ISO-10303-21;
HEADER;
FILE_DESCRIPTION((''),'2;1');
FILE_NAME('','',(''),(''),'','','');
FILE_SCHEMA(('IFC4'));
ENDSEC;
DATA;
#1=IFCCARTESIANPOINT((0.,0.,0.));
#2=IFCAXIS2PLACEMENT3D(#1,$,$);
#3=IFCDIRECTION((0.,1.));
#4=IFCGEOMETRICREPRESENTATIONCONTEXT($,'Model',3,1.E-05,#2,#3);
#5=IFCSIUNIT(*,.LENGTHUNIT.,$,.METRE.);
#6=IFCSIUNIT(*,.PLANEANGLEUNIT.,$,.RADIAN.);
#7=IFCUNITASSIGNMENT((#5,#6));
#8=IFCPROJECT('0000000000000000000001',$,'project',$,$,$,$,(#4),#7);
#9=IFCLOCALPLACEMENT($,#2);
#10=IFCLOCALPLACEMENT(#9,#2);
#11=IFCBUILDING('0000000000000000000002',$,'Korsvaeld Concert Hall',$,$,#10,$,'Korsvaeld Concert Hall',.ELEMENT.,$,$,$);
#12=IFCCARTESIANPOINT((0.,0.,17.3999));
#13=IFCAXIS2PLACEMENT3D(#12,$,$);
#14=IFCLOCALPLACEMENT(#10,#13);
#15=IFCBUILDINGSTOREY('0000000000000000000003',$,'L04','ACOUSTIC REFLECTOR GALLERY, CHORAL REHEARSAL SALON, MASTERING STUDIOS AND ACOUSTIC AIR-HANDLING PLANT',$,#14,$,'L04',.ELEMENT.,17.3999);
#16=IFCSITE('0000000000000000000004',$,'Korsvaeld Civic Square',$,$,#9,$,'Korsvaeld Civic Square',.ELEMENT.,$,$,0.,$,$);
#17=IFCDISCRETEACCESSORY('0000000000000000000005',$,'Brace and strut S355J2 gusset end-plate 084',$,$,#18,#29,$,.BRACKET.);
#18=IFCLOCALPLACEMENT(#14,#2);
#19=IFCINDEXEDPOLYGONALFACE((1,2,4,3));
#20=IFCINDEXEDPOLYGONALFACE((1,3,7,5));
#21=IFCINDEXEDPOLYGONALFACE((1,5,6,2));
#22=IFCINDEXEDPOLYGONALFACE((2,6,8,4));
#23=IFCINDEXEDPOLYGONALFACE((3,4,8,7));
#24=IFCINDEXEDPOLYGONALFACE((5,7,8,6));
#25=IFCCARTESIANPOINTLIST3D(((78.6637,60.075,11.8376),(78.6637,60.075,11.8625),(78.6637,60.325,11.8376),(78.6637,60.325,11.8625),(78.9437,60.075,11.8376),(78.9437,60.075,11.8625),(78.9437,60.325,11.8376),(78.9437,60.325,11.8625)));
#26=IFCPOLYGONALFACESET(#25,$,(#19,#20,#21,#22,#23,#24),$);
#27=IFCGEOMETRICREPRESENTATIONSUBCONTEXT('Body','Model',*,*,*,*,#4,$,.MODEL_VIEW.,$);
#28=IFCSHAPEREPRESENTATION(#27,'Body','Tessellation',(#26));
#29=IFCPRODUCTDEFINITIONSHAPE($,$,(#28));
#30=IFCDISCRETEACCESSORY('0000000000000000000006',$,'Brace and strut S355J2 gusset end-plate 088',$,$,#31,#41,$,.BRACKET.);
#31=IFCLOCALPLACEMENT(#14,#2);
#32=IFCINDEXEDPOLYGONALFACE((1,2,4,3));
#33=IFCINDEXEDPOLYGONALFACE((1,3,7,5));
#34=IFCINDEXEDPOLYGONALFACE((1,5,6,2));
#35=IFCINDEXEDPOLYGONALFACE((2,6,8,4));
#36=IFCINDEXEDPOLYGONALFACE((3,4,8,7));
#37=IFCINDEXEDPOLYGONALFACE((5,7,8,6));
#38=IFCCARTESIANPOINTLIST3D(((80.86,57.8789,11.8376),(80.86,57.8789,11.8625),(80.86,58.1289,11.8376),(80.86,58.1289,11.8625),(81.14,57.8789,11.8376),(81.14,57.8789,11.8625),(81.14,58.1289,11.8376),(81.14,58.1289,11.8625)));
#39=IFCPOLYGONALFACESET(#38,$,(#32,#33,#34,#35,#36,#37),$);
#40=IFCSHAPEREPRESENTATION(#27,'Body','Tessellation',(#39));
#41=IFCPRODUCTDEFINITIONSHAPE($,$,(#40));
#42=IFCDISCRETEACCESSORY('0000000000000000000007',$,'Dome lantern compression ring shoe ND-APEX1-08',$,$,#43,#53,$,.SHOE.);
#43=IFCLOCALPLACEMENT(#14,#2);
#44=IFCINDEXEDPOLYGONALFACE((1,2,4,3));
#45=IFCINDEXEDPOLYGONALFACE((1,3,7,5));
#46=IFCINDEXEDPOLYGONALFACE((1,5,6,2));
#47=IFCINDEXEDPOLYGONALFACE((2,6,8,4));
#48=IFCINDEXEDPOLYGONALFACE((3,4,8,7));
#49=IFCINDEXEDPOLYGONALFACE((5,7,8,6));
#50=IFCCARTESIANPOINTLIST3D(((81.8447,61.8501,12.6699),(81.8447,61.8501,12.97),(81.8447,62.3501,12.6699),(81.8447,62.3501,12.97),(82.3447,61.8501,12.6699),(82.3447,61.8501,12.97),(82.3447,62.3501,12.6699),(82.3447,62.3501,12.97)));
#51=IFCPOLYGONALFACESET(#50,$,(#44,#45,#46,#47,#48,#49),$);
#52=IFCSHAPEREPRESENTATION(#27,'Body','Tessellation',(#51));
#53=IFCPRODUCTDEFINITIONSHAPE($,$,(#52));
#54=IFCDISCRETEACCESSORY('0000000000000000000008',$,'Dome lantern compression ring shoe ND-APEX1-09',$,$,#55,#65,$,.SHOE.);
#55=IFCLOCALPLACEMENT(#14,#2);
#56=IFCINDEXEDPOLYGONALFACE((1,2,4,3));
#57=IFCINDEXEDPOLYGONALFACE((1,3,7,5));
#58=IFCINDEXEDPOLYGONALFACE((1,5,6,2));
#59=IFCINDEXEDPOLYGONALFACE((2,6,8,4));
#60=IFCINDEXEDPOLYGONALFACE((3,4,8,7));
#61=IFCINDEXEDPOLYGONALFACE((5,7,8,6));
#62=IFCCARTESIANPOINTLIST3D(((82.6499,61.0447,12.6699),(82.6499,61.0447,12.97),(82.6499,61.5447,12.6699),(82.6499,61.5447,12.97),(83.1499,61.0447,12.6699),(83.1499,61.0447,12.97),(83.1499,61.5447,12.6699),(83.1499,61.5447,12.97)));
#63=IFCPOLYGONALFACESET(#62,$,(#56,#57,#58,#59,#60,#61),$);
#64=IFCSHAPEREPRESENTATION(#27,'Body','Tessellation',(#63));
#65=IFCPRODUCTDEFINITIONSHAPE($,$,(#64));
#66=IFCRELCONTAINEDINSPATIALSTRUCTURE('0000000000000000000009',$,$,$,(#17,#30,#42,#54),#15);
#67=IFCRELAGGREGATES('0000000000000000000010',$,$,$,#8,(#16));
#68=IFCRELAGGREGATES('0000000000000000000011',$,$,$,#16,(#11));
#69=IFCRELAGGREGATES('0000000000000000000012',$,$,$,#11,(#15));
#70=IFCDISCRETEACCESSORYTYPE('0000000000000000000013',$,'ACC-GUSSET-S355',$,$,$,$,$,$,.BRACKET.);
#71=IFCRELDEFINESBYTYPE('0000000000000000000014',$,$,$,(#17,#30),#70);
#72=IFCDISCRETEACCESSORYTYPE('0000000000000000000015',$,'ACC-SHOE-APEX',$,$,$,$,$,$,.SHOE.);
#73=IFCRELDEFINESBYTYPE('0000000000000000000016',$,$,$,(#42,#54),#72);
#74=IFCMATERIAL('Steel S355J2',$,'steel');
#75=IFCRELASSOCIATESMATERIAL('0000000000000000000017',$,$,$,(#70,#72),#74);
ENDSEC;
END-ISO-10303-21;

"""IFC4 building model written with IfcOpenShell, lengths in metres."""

from ifc_helpers import new_model, si_unit, direction, frame, origin, origin_2d, place, context, subcontext, project, spatial, rectangle, extrude, material, type_object, element, save


model = new_model("IFC4")

# Units and contexts
model_context = context("Model", 3, precision=1e-05, world=origin(), true_north=direction((0.0, 1.0)))
body_context = subcontext(model_context, "Body", "Model", "MODEL_VIEW")
ifc_project = project(units=[si_unit("LENGTHUNIT", "METRE"), si_unit("PLANEANGLEUNIT", "RADIAN")], contexts=[model_context])

# Site, building, storey
site_placement = place(None, origin())
site = spatial("IfcSite", under=ifc_project, at=site_placement, Name="Korsvaeld Civic Square", LongName="Korsvaeld Civic Square", CompositionType="ELEMENT", RefElevation=0.0)
building_placement = place(site_placement, origin())
building = spatial("IfcBuilding", under=site, at=building_placement, Name="Korsvaeld Concert Hall", LongName="Korsvaeld Concert Hall", CompositionType="ELEMENT")
storey_placement = place(building_placement, frame((0.0, 0.0, 17.3999)))
storey = spatial("IfcBuildingStorey", under=building, at=storey_placement, Name="L04", Description="ACOUSTIC REFLECTOR GALLERY, CHORAL REHEARSAL SALON, MASTERING STUDIOS AND ACOUSTIC AIR-HANDLING PLANT", LongName="L04", CompositionType="ELEMENT", Elevation=17.3999)

# Shared definitions
ifc_material_1 = material(Name="Steel S355J2", Category="steel")

# Discrete accessories
discrete_accessory_type_1 = type_object("IfcDiscreteAccessoryType", Name="ACC-GUSSET-S355", PredefinedType="BRACKET", material=ifc_material_1)
for number, where, z_axis, x_axis, name in (
    (1, (78.8037, 60.2, 11.8376), (0.0, 0.0, 1.0), (1.0, 0.0, 0.0), "Brace and strut S355J2 gusset end-plate 084"),
    (2, (81.0, 58.0039, 11.8376), (0.0, 0.0, 1.0), (1.0, 0.0, 0.0), "Brace and strut S355J2 gusset end-plate 088"),
):
    element("IfcDiscreteAccessory", number, at=place(storey_placement, frame(where, z_axis=z_axis, x_axis=x_axis)), inside=storey, type_object=discrete_accessory_type_1, Name=name, PredefinedType="BRACKET", context=body_context, shape_type="SweptSolid", body=[
        extrude(rectangle(XDim=0.28, YDim=0.25, at=origin_2d()), origin(), (0.0, 0.0, 1.0), 0.0249),
    ])
discrete_accessory_type_2 = type_object("IfcDiscreteAccessoryType", Name="ACC-SHOE-APEX", PredefinedType="SHOE", material=ifc_material_1)
for number, where, z_axis, x_axis, name in (
    (3, (82.0947, 62.1001, 12.6699), (0.0, 0.0, 1.0), (1.0, 0.0, 0.0), "Dome lantern compression ring shoe ND-APEX1-08"),
    (4, (82.8999, 61.2947, 12.6699), (0.0, 0.0, 1.0), (1.0, 0.0, 0.0), "Dome lantern compression ring shoe ND-APEX1-09"),
):
    element("IfcDiscreteAccessory", number, at=place(storey_placement, frame(where, z_axis=z_axis, x_axis=x_axis)), inside=storey, type_object=discrete_accessory_type_2, Name=name, PredefinedType="SHOE", context=body_context, shape_type="SweptSolid", body=[
        extrude(rectangle(XDim=0.5, YDim=0.5, at=origin_2d()), origin(), (0.0, 0.0, 1.0), 0.3),
    ])

save(model, "model.ifc")
